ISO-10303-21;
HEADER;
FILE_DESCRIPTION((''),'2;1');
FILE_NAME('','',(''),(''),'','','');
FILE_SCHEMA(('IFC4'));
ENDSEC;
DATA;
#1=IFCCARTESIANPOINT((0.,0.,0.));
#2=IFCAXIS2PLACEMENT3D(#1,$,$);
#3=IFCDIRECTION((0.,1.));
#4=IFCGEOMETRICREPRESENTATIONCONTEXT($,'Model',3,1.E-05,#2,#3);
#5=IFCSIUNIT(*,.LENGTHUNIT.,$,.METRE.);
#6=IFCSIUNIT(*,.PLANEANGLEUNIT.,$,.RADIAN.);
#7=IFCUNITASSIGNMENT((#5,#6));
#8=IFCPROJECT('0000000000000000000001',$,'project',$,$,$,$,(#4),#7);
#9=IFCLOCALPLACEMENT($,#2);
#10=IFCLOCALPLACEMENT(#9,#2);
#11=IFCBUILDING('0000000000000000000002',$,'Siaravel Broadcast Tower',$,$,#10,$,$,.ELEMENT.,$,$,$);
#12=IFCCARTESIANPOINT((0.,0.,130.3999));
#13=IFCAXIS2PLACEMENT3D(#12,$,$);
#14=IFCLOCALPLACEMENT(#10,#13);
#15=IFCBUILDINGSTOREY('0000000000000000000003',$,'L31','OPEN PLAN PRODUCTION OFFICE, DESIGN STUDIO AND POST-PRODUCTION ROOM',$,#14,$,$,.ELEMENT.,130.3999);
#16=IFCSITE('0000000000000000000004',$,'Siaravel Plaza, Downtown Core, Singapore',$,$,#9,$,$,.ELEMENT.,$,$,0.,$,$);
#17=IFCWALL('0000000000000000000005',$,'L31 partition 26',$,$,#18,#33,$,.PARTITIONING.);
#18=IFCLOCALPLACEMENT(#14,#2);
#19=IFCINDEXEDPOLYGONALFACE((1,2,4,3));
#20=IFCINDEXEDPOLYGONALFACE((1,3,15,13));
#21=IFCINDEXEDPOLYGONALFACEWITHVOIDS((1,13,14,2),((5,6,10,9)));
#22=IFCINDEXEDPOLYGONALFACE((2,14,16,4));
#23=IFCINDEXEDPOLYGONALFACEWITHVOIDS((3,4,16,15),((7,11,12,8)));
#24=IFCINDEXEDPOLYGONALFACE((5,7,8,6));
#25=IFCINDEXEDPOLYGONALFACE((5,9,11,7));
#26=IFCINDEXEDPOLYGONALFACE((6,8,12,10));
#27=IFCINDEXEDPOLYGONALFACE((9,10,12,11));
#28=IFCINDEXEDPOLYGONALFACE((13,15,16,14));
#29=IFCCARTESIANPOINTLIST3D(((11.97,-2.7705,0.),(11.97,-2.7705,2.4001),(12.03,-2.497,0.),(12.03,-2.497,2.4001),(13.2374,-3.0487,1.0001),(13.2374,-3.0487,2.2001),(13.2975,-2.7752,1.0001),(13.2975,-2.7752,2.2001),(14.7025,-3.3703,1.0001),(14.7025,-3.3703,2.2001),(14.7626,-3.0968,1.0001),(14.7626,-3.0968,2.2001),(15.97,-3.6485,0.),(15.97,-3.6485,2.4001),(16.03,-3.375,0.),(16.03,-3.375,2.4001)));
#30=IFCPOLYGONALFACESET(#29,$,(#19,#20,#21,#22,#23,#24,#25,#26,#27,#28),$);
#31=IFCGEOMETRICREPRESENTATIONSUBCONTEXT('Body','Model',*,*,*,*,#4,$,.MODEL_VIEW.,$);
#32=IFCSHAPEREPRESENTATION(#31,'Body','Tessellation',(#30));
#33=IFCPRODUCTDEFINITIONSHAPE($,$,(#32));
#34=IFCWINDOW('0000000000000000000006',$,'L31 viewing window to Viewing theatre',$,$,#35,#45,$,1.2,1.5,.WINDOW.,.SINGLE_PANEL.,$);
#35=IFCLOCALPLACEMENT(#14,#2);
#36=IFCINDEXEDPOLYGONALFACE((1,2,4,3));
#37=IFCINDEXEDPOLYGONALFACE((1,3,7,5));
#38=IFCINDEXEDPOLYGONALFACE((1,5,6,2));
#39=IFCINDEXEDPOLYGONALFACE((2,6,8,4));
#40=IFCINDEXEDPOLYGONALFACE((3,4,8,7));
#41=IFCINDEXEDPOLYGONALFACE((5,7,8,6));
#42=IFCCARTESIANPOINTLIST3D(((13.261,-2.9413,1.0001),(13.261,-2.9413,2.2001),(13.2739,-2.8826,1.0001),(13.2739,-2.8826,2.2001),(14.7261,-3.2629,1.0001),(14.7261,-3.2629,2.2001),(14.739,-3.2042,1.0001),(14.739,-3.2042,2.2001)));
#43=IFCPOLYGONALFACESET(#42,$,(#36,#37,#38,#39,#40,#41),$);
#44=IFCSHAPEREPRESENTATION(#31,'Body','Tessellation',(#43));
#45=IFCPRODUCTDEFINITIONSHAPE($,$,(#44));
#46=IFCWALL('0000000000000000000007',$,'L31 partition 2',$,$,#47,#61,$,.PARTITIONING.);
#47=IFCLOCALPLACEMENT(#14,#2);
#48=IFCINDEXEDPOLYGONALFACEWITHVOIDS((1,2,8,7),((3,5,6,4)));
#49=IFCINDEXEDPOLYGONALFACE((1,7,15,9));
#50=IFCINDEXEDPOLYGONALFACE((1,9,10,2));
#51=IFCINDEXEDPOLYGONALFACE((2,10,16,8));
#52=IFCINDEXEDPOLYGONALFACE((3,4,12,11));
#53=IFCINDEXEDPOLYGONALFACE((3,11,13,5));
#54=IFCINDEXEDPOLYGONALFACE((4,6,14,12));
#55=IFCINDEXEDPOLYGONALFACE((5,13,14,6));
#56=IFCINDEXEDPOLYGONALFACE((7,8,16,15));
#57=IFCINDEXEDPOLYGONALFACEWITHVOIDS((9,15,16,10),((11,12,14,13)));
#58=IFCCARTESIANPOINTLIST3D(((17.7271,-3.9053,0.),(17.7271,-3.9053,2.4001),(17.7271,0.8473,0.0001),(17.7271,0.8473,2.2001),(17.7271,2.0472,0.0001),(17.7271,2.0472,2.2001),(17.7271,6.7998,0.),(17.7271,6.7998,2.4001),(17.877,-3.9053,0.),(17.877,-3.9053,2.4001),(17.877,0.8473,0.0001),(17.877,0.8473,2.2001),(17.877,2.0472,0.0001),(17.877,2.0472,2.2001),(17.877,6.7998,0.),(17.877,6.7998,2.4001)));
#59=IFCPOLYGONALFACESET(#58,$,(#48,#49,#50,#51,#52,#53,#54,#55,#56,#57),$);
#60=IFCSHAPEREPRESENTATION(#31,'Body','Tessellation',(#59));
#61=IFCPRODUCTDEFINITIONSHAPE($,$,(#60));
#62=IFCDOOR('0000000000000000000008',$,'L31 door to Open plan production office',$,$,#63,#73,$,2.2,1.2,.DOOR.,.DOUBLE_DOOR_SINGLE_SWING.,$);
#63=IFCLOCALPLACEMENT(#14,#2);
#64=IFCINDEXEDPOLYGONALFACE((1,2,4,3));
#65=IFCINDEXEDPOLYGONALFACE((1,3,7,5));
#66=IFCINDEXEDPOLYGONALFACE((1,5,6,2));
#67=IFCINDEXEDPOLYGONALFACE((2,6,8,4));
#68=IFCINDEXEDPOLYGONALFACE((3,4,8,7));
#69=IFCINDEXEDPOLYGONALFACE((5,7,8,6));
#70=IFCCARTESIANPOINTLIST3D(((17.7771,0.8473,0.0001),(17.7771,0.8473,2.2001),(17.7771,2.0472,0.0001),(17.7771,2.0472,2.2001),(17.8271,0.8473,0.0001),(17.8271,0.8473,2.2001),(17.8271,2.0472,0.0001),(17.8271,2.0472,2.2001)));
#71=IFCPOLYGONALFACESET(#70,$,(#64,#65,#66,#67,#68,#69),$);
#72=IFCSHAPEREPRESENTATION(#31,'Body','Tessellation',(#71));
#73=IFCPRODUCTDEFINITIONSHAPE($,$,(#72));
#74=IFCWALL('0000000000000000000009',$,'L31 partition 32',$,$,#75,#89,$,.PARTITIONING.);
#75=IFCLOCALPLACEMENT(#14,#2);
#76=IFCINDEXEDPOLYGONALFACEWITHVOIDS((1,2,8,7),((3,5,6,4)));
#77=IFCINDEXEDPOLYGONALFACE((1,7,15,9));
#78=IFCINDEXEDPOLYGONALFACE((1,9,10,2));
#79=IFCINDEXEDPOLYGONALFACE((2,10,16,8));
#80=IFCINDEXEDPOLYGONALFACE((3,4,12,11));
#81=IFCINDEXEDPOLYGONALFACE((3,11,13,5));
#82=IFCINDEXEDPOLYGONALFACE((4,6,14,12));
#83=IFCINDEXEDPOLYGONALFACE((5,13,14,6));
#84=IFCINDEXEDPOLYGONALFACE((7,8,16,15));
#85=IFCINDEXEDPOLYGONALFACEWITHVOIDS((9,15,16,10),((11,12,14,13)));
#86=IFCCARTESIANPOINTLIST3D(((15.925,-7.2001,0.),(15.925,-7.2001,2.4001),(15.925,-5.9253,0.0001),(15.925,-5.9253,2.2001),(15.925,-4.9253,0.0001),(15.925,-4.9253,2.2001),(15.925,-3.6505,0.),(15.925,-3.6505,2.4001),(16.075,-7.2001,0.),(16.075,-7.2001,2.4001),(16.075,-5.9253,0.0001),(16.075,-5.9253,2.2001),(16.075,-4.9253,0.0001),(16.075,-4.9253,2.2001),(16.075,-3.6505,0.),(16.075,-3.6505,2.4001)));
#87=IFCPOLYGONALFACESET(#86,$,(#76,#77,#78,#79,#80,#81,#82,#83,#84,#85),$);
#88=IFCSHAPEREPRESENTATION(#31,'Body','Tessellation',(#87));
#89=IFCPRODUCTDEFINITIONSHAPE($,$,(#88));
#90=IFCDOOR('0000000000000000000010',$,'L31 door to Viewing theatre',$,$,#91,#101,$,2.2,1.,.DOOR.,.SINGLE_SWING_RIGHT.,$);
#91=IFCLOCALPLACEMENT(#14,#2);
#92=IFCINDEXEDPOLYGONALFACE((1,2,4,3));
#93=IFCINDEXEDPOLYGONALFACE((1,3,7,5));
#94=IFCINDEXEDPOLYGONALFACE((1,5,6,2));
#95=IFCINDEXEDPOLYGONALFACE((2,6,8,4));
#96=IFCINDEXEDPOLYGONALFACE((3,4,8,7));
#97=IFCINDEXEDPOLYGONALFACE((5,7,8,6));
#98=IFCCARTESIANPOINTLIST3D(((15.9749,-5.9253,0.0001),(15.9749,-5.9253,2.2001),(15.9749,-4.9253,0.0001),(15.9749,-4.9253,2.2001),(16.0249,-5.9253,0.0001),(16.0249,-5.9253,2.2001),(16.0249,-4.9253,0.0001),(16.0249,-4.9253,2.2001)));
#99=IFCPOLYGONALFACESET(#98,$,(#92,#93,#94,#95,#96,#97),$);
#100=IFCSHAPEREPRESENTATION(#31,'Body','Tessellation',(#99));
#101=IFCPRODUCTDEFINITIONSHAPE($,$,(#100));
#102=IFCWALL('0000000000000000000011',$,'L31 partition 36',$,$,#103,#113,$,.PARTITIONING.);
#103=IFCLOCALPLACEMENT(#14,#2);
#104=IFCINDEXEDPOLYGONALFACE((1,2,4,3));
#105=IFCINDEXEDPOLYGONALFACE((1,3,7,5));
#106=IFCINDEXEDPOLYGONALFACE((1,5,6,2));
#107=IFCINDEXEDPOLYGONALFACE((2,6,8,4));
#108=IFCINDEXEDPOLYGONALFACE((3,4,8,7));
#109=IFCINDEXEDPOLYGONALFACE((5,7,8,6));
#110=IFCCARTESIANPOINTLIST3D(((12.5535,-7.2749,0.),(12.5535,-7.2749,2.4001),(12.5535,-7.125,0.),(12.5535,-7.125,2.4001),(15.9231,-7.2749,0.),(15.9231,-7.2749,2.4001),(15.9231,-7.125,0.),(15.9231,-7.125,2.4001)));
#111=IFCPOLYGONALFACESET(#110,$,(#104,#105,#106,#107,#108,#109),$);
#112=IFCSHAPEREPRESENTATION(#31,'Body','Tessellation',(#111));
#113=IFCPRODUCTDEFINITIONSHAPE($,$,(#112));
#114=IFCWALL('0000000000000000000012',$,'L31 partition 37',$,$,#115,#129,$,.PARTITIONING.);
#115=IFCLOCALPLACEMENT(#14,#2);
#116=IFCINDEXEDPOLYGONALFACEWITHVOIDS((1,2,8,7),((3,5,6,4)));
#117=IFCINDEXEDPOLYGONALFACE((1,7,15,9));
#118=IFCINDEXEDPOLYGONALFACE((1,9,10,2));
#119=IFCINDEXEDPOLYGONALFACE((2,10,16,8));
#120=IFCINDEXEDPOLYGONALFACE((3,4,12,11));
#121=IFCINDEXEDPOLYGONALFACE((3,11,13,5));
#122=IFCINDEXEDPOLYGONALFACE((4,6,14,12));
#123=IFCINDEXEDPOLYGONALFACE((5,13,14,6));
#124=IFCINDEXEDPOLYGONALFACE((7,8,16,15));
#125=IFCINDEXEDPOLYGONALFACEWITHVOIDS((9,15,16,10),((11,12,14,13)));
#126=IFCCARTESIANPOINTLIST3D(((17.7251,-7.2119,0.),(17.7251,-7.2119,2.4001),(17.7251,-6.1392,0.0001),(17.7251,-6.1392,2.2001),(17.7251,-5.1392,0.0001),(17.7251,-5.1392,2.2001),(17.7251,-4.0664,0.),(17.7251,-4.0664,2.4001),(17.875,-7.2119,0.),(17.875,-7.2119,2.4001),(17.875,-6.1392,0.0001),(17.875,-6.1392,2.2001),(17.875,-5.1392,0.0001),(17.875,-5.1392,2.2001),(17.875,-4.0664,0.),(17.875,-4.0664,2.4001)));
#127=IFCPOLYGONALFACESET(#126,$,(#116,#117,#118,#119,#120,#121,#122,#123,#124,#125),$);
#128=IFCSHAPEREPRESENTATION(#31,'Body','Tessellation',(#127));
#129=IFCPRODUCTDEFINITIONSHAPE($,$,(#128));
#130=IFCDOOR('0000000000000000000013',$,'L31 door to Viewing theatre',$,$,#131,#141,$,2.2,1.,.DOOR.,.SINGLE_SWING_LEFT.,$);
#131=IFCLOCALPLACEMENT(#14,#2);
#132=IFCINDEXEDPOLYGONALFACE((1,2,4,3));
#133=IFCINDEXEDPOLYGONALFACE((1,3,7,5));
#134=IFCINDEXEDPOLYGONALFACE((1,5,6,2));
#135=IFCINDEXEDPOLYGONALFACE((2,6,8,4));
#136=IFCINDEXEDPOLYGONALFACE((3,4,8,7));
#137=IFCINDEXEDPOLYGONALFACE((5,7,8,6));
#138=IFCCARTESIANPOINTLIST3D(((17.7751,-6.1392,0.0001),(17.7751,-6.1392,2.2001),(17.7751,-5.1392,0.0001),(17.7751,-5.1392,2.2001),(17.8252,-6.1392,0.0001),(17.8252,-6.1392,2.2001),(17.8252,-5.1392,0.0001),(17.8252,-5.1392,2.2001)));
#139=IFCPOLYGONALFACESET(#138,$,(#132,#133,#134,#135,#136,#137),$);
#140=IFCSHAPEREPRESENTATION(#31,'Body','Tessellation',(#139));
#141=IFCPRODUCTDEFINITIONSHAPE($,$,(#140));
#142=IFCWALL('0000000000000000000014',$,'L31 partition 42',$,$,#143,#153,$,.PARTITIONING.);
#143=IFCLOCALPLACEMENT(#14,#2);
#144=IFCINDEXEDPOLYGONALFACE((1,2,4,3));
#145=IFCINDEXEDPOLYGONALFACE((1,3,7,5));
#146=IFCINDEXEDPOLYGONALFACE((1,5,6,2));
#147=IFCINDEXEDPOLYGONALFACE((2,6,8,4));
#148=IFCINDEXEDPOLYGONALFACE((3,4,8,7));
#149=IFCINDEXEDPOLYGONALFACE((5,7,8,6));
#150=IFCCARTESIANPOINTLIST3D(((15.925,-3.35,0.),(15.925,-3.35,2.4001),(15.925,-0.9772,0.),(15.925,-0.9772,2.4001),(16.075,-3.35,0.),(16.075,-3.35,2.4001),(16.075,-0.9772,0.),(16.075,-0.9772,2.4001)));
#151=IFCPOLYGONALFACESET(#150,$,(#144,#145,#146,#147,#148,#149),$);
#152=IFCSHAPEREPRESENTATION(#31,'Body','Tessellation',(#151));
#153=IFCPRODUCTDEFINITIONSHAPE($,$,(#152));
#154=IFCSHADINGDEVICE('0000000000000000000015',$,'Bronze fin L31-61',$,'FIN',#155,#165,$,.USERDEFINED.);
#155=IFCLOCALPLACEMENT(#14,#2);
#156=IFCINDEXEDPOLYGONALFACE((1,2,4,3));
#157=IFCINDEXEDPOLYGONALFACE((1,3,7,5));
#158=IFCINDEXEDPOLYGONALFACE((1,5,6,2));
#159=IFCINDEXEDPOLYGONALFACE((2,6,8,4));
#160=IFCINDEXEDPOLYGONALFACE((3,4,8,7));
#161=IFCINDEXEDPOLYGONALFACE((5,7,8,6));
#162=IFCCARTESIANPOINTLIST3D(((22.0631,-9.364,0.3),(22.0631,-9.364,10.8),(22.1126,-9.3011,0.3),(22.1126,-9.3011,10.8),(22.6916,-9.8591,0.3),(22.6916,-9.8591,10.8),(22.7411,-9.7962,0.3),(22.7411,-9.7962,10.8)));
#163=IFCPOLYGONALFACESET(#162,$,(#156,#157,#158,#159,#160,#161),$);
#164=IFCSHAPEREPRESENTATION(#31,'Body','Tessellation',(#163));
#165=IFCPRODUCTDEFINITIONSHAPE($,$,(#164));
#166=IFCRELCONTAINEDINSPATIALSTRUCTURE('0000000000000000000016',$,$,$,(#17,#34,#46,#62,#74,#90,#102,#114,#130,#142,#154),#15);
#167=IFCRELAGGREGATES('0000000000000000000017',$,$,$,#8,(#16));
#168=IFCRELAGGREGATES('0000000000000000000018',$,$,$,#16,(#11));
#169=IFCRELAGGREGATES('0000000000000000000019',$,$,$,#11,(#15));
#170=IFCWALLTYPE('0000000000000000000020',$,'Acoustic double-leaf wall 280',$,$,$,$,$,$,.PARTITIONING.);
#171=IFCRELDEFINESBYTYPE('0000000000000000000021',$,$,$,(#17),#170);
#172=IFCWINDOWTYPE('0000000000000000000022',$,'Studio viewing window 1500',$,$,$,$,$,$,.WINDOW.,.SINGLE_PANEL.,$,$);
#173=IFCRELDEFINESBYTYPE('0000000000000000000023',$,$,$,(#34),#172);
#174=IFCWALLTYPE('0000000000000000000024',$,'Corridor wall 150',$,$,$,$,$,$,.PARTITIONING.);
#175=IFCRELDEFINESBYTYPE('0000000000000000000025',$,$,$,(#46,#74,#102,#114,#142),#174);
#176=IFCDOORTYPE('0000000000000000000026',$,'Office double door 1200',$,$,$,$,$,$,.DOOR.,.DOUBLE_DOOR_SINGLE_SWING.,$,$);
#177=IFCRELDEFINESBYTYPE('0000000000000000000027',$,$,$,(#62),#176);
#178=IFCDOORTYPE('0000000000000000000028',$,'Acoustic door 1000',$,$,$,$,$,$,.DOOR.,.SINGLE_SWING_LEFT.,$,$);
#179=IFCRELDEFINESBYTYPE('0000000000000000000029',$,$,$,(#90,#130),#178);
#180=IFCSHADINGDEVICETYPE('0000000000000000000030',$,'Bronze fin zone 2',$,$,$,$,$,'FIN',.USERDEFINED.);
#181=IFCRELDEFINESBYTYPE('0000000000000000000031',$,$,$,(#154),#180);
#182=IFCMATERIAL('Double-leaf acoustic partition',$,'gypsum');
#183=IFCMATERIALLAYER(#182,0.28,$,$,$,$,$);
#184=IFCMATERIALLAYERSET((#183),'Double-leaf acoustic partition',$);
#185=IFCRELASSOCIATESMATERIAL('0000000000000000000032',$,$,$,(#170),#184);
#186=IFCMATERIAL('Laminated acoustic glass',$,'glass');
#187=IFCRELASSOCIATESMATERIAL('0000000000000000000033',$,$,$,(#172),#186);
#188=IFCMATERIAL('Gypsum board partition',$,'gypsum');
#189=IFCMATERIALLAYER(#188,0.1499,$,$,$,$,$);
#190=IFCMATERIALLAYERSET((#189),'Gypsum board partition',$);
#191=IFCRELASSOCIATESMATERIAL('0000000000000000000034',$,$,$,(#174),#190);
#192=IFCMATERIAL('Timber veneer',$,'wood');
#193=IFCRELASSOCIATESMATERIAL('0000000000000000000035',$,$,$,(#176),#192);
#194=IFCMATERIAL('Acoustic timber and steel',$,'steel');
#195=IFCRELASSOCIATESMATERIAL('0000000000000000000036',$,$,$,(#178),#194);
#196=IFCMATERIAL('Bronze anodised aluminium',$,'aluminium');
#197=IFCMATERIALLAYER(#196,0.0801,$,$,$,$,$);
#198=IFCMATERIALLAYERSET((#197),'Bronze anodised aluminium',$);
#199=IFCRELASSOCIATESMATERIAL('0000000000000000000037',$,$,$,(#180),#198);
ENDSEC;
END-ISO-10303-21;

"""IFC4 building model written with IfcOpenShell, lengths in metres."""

from ifc_helpers import new_model, si_unit, direction, frame, frame_2d, origin, origin_2d, place, context, subcontext, project, spatial, rectangle, extrude, material, layer, layer_set, type_object, element, fill, save


model = new_model("IFC4")

# Units and contexts
model_context = context("Model", 3, precision=1e-05, world=origin(), true_north=direction((0.0, 1.0)))
body_context = subcontext(model_context, "Body", "Model", "MODEL_VIEW")
ifc_project = project(units=[si_unit("LENGTHUNIT", "METRE"), si_unit("PLANEANGLEUNIT", "RADIAN")], contexts=[model_context])

# Site, building, storey
site_placement = place(None, origin())
site = spatial("IfcSite", under=ifc_project, at=site_placement, Name="Siaravel Plaza, Downtown Core, Singapore", CompositionType="ELEMENT", RefElevation=0.0)
building_placement = place(site_placement, origin())
building = spatial("IfcBuilding", under=site, at=building_placement, Name="Siaravel Broadcast Tower", CompositionType="ELEMENT")
storey_placement = place(building_placement, frame((0.0, 0.0, 130.3999)))
storey = spatial("IfcBuildingStorey", under=building, at=storey_placement, Name="L31", Description="OPEN PLAN PRODUCTION OFFICE, DESIGN STUDIO AND POST-PRODUCTION ROOM", CompositionType="ELEMENT", Elevation=130.3999)

# Wall, opening, window
ifc_material_1 = material(Name="Double-leaf acoustic partition", Category="gypsum")
ifc_layer_1 = layer(ifc_material_1, 0.28)
ifc_layer_set_1 = layer_set([ifc_layer_1], Name="Double-leaf acoustic partition")
wall_type_1 = type_object("IfcWallType", Name="Acoustic double-leaf wall 280", PredefinedType="PARTITIONING", material=ifc_layer_set_1)
ifc_material_2 = material(Name="Laminated acoustic glass", Category="glass")
window_type = type_object("IfcWindowType", Name="Studio viewing window 1500", PartitioningType="SINGLE_PANEL", PredefinedType="WINDOW", material=ifc_material_2)
wall_1_placement = place(storey_placement, frame((16.0, -3.5117, 0.0), z_axis=(0.0, 0.0, 1.0), x_axis=(-0.97675, 0.21438, 0.0)))
wall_1 = element("IfcWall", 1, at=wall_1_placement, inside=storey, type_object=wall_type_1, Name="L31 partition 26", PredefinedType="PARTITIONING", context=body_context, shape_type="SweptSolid", body=[
    extrude(rectangle(XDim=4.0952, YDim=0.28, at=frame_2d((2.0476, 0.0))), origin(), (0.0, 0.0, 1.0), 2.4001),
])
opening_1_placement = place(wall_1_placement, frame((1.2976, 0.0, 1.0)))
opening_1 = element("IfcOpeningElement", 2, at=opening_1_placement, cuts=wall_1, PredefinedType="OPENING", context=body_context, shape_type="SweptSolid", body=[
    extrude(rectangle(XDim=1.5, YDim=1.2, at=frame_2d((0.75, 0.6001))), frame((0.0, 0.1499, 0.0), z_axis=(0.0, -1.0, 0.0), x_axis=(1.0, 0.0, 0.0)), (0.0, 0.0, 1.0), 0.3),
])
window_1_placement = place(opening_1_placement, origin())
window_1 = element("IfcWindow", 3, at=window_1_placement, inside=storey, type_object=window_type, Name="L31 viewing window to Viewing theatre", OverallHeight=1.2, OverallWidth=1.5, PartitioningType="SINGLE_PANEL", PredefinedType="WINDOW", context=body_context, shape_type="SweptSolid", body=[
    extrude(rectangle(XDim=1.5, YDim=1.2, at=frame_2d((0.75, 0.6001))), frame((0.0, 0.03, 0.0), z_axis=(0.0, -1.0, 0.0), x_axis=(1.0, 0.0, 0.0)), (0.0, 0.0, 1.0), 0.0601),
])
fill(opening_1, window_1)

# Walls, openings, doors
ifc_material_3 = material(Name="Gypsum board partition", Category="gypsum")
ifc_layer_2 = layer(ifc_material_3, 0.1499)
ifc_layer_set_2 = layer_set([ifc_layer_2], Name="Gypsum board partition")
wall_type_2 = type_object("IfcWallType", Name="Corridor wall 150", PredefinedType="PARTITIONING", material=ifc_layer_set_2)
wall_2_placement = place(storey_placement, frame((17.802, -3.9053, 0.0), z_axis=(0.0, 0.0, 1.0), x_axis=(0.0, 1.0, 0.0)))
wall_2 = element("IfcWall", 4, at=wall_2_placement, inside=storey, type_object=wall_type_2, Name="L31 partition 2", PredefinedType="PARTITIONING", context=body_context, shape_type="SweptSolid", body=[
    extrude(rectangle(XDim=10.7051, YDim=0.1499, at=frame_2d((5.3525, 0.0))), origin(), (0.0, 0.0, 1.0), 2.4001),
])
opening_2_placement = place(wall_2_placement, frame((4.7524, 0.0, 0.0)))
opening_2 = element("IfcOpeningElement", 5, at=opening_2_placement, cuts=wall_2, PredefinedType="OPENING", context=body_context, shape_type="SweptSolid", body=[
    extrude(rectangle(XDim=1.2, YDim=2.2, at=frame_2d((0.6001, 1.1001))), frame((0.0, 0.085, 0.0), z_axis=(0.0, -1.0, 0.0), x_axis=(1.0, 0.0, 0.0)), (0.0, 0.0, 1.0), 0.1699),
])
ifc_material_4 = material(Name="Timber veneer", Category="wood")
door_type_1 = type_object("IfcDoorType", Name="Office double door 1200", OperationType="DOUBLE_DOOR_SINGLE_SWING", PredefinedType="DOOR", material=ifc_material_4)
door_1_placement = place(opening_2_placement, origin())
door_1 = element("IfcDoor", 6, at=door_1_placement, inside=storey, type_object=door_type_1, Name="L31 door to Open plan production office", OperationType="DOUBLE_DOOR_SINGLE_SWING", OverallHeight=2.2, OverallWidth=1.2, PredefinedType="DOOR", context=body_context, shape_type="SweptSolid", body=[
    extrude(rectangle(XDim=1.2, YDim=2.2, at=frame_2d((0.6001, 1.1001))), frame((0.0, 0.0249, 0.0), z_axis=(0.0, -1.0, 0.0), x_axis=(1.0, 0.0, 0.0)), (0.0, 0.0, 1.0), 0.05),
])
fill(opening_2, door_1)
wall_3_placement = place(storey_placement, frame((16.0, -3.6504, 0.0), z_axis=(0.0, 0.0, 1.0), x_axis=(0.0, -1.0, 0.0)))
wall_3 = element("IfcWall", 7, at=wall_3_placement, inside=storey, type_object=wall_type_2, Name="L31 partition 32", PredefinedType="PARTITIONING", context=body_context, shape_type="SweptSolid", body=[
    extrude(rectangle(XDim=3.5496, YDim=0.1499, at=frame_2d((1.7749, 0.0))), origin(), (0.0, 0.0, 1.0), 2.4001),
])
opening_3_placement = place(wall_3_placement, frame((1.2749, 0.0, 0.0)))
opening_3 = element("IfcOpeningElement", 8, at=opening_3_placement, cuts=wall_3, PredefinedType="OPENING", context=body_context, shape_type="SweptSolid", body=[
    extrude(rectangle(XDim=1.0, YDim=2.2, at=frame_2d((0.5, 1.1001))), frame((0.0, 0.085, 0.0), z_axis=(0.0, -1.0, 0.0), x_axis=(1.0, 0.0, 0.0)), (0.0, 0.0, 1.0), 0.1699),
])
ifc_material_5 = material(Name="Acoustic timber and steel", Category="steel")
door_type_2 = type_object("IfcDoorType", Name="Acoustic door 1000", OperationType="SINGLE_SWING_LEFT", PredefinedType="DOOR", material=ifc_material_5)
door_2_placement = place(opening_3_placement, origin())
door_2 = element("IfcDoor", 9, at=door_2_placement, inside=storey, type_object=door_type_2, Name="L31 door to Viewing theatre", OperationType="SINGLE_SWING_RIGHT", OverallHeight=2.2, OverallWidth=1.0, PredefinedType="DOOR", context=body_context, shape_type="SweptSolid", body=[
    extrude(rectangle(XDim=1.0, YDim=2.2, at=frame_2d((0.5, 1.1001))), frame((0.0, 0.0249, 0.0), z_axis=(0.0, -1.0, 0.0), x_axis=(1.0, 0.0, 0.0)), (0.0, 0.0, 1.0), 0.05),
])
fill(opening_3, door_2)

# Wall
wall_4_placement = place(storey_placement, frame((15.9231, -7.2, 0.0), z_axis=(0.0, 0.0, 1.0), x_axis=(-1.0, 0.0, 0.0)))
element("IfcWall", 10, at=wall_4_placement, inside=storey, type_object=wall_type_2, Name="L31 partition 36", PredefinedType="PARTITIONING", context=body_context, shape_type="SweptSolid", body=[
    extrude(rectangle(XDim=3.3696, YDim=0.1499, at=frame_2d((1.6848, 0.0))), origin(), (0.0, 0.0, 1.0), 2.4001),
])

# Wall, opening, door
wall_5_placement = place(storey_placement, frame((17.8, -7.2119, 0.0), z_axis=(0.0, 0.0, 1.0), x_axis=(0.0, 1.0, 0.0)))
wall_5 = element("IfcWall", 11, at=wall_5_placement, inside=storey, type_object=wall_type_2, Name="L31 partition 37", PredefinedType="PARTITIONING", context=body_context, shape_type="SweptSolid", body=[
    extrude(rectangle(XDim=3.1455, YDim=0.1499, at=frame_2d((1.5728, 0.0))), origin(), (0.0, 0.0, 1.0), 2.4001),
])
opening_4_placement = place(wall_5_placement, frame((1.0728, 0.0, 0.0)))
opening_4 = element("IfcOpeningElement", 12, at=opening_4_placement, cuts=wall_5, PredefinedType="OPENING", context=body_context, shape_type="SweptSolid", body=[
    extrude(rectangle(XDim=1.0, YDim=2.2, at=frame_2d((0.5, 1.1001))), frame((0.0, 0.085, 0.0), z_axis=(0.0, -1.0, 0.0), x_axis=(1.0, 0.0, 0.0)), (0.0, 0.0, 1.0), 0.1699),
])
door_3_placement = place(opening_4_placement, origin())
door_3 = element("IfcDoor", 13, at=door_3_placement, inside=storey, type_object=door_type_2, Name="L31 door to Viewing theatre", OperationType="SINGLE_SWING_LEFT", OverallHeight=2.2, OverallWidth=1.0, PredefinedType="DOOR", context=body_context, shape_type="SweptSolid", body=[
    extrude(rectangle(XDim=1.0, YDim=2.2, at=frame_2d((0.5, 1.1001))), frame((0.0, 0.0249, 0.0), z_axis=(0.0, -1.0, 0.0), x_axis=(1.0, 0.0, 0.0)), (0.0, 0.0, 1.0), 0.05),
])
fill(opening_4, door_3)

# Wall
wall_6_placement = place(storey_placement, frame((16.0, -0.9771, 0.0), z_axis=(0.0, 0.0, 1.0), x_axis=(0.0, -1.0, 0.0)))
element("IfcWall", 14, at=wall_6_placement, inside=storey, type_object=wall_type_2, Name="L31 partition 42", PredefinedType="PARTITIONING", context=body_context, shape_type="SweptSolid", body=[
    extrude(rectangle(XDim=2.3728, YDim=0.1499, at=frame_2d((1.1865, 0.0))), origin(), (0.0, 0.0, 1.0), 2.4001),
])

# Shading device
ifc_material_6 = material(Name="Bronze anodised aluminium", Category="aluminium")
ifc_layer_3 = layer(ifc_material_6, 0.0801)
ifc_layer_set_3 = layer_set([ifc_layer_3], Name="Bronze anodised aluminium")
shading_device_type = type_object("IfcShadingDeviceType", Name="Bronze fin zone 2", ElementType="FIN", PredefinedType="USERDEFINED", material=ifc_layer_set_3)
for number, where, z_axis, x_axis, name in (
    (15, (22.4021, -9.5801, 0.3), (0.0, 0.0, 1.0), (0.785558, -0.618788, 0.0), "Bronze fin L31-61"),
):
    element("IfcShadingDevice", number, at=place(storey_placement, frame(where, z_axis=z_axis, x_axis=x_axis)), inside=storey, type_object=shading_device_type, Name=name, ObjectType="FIN", PredefinedType="USERDEFINED", context=body_context, shape_type="SweptSolid", body=[
        extrude(rectangle(XDim=0.8, YDim=0.0801, at=origin_2d()), origin(), (0.0, 0.0, 1.0), 10.5),
    ])

save(model, "model.ifc")
